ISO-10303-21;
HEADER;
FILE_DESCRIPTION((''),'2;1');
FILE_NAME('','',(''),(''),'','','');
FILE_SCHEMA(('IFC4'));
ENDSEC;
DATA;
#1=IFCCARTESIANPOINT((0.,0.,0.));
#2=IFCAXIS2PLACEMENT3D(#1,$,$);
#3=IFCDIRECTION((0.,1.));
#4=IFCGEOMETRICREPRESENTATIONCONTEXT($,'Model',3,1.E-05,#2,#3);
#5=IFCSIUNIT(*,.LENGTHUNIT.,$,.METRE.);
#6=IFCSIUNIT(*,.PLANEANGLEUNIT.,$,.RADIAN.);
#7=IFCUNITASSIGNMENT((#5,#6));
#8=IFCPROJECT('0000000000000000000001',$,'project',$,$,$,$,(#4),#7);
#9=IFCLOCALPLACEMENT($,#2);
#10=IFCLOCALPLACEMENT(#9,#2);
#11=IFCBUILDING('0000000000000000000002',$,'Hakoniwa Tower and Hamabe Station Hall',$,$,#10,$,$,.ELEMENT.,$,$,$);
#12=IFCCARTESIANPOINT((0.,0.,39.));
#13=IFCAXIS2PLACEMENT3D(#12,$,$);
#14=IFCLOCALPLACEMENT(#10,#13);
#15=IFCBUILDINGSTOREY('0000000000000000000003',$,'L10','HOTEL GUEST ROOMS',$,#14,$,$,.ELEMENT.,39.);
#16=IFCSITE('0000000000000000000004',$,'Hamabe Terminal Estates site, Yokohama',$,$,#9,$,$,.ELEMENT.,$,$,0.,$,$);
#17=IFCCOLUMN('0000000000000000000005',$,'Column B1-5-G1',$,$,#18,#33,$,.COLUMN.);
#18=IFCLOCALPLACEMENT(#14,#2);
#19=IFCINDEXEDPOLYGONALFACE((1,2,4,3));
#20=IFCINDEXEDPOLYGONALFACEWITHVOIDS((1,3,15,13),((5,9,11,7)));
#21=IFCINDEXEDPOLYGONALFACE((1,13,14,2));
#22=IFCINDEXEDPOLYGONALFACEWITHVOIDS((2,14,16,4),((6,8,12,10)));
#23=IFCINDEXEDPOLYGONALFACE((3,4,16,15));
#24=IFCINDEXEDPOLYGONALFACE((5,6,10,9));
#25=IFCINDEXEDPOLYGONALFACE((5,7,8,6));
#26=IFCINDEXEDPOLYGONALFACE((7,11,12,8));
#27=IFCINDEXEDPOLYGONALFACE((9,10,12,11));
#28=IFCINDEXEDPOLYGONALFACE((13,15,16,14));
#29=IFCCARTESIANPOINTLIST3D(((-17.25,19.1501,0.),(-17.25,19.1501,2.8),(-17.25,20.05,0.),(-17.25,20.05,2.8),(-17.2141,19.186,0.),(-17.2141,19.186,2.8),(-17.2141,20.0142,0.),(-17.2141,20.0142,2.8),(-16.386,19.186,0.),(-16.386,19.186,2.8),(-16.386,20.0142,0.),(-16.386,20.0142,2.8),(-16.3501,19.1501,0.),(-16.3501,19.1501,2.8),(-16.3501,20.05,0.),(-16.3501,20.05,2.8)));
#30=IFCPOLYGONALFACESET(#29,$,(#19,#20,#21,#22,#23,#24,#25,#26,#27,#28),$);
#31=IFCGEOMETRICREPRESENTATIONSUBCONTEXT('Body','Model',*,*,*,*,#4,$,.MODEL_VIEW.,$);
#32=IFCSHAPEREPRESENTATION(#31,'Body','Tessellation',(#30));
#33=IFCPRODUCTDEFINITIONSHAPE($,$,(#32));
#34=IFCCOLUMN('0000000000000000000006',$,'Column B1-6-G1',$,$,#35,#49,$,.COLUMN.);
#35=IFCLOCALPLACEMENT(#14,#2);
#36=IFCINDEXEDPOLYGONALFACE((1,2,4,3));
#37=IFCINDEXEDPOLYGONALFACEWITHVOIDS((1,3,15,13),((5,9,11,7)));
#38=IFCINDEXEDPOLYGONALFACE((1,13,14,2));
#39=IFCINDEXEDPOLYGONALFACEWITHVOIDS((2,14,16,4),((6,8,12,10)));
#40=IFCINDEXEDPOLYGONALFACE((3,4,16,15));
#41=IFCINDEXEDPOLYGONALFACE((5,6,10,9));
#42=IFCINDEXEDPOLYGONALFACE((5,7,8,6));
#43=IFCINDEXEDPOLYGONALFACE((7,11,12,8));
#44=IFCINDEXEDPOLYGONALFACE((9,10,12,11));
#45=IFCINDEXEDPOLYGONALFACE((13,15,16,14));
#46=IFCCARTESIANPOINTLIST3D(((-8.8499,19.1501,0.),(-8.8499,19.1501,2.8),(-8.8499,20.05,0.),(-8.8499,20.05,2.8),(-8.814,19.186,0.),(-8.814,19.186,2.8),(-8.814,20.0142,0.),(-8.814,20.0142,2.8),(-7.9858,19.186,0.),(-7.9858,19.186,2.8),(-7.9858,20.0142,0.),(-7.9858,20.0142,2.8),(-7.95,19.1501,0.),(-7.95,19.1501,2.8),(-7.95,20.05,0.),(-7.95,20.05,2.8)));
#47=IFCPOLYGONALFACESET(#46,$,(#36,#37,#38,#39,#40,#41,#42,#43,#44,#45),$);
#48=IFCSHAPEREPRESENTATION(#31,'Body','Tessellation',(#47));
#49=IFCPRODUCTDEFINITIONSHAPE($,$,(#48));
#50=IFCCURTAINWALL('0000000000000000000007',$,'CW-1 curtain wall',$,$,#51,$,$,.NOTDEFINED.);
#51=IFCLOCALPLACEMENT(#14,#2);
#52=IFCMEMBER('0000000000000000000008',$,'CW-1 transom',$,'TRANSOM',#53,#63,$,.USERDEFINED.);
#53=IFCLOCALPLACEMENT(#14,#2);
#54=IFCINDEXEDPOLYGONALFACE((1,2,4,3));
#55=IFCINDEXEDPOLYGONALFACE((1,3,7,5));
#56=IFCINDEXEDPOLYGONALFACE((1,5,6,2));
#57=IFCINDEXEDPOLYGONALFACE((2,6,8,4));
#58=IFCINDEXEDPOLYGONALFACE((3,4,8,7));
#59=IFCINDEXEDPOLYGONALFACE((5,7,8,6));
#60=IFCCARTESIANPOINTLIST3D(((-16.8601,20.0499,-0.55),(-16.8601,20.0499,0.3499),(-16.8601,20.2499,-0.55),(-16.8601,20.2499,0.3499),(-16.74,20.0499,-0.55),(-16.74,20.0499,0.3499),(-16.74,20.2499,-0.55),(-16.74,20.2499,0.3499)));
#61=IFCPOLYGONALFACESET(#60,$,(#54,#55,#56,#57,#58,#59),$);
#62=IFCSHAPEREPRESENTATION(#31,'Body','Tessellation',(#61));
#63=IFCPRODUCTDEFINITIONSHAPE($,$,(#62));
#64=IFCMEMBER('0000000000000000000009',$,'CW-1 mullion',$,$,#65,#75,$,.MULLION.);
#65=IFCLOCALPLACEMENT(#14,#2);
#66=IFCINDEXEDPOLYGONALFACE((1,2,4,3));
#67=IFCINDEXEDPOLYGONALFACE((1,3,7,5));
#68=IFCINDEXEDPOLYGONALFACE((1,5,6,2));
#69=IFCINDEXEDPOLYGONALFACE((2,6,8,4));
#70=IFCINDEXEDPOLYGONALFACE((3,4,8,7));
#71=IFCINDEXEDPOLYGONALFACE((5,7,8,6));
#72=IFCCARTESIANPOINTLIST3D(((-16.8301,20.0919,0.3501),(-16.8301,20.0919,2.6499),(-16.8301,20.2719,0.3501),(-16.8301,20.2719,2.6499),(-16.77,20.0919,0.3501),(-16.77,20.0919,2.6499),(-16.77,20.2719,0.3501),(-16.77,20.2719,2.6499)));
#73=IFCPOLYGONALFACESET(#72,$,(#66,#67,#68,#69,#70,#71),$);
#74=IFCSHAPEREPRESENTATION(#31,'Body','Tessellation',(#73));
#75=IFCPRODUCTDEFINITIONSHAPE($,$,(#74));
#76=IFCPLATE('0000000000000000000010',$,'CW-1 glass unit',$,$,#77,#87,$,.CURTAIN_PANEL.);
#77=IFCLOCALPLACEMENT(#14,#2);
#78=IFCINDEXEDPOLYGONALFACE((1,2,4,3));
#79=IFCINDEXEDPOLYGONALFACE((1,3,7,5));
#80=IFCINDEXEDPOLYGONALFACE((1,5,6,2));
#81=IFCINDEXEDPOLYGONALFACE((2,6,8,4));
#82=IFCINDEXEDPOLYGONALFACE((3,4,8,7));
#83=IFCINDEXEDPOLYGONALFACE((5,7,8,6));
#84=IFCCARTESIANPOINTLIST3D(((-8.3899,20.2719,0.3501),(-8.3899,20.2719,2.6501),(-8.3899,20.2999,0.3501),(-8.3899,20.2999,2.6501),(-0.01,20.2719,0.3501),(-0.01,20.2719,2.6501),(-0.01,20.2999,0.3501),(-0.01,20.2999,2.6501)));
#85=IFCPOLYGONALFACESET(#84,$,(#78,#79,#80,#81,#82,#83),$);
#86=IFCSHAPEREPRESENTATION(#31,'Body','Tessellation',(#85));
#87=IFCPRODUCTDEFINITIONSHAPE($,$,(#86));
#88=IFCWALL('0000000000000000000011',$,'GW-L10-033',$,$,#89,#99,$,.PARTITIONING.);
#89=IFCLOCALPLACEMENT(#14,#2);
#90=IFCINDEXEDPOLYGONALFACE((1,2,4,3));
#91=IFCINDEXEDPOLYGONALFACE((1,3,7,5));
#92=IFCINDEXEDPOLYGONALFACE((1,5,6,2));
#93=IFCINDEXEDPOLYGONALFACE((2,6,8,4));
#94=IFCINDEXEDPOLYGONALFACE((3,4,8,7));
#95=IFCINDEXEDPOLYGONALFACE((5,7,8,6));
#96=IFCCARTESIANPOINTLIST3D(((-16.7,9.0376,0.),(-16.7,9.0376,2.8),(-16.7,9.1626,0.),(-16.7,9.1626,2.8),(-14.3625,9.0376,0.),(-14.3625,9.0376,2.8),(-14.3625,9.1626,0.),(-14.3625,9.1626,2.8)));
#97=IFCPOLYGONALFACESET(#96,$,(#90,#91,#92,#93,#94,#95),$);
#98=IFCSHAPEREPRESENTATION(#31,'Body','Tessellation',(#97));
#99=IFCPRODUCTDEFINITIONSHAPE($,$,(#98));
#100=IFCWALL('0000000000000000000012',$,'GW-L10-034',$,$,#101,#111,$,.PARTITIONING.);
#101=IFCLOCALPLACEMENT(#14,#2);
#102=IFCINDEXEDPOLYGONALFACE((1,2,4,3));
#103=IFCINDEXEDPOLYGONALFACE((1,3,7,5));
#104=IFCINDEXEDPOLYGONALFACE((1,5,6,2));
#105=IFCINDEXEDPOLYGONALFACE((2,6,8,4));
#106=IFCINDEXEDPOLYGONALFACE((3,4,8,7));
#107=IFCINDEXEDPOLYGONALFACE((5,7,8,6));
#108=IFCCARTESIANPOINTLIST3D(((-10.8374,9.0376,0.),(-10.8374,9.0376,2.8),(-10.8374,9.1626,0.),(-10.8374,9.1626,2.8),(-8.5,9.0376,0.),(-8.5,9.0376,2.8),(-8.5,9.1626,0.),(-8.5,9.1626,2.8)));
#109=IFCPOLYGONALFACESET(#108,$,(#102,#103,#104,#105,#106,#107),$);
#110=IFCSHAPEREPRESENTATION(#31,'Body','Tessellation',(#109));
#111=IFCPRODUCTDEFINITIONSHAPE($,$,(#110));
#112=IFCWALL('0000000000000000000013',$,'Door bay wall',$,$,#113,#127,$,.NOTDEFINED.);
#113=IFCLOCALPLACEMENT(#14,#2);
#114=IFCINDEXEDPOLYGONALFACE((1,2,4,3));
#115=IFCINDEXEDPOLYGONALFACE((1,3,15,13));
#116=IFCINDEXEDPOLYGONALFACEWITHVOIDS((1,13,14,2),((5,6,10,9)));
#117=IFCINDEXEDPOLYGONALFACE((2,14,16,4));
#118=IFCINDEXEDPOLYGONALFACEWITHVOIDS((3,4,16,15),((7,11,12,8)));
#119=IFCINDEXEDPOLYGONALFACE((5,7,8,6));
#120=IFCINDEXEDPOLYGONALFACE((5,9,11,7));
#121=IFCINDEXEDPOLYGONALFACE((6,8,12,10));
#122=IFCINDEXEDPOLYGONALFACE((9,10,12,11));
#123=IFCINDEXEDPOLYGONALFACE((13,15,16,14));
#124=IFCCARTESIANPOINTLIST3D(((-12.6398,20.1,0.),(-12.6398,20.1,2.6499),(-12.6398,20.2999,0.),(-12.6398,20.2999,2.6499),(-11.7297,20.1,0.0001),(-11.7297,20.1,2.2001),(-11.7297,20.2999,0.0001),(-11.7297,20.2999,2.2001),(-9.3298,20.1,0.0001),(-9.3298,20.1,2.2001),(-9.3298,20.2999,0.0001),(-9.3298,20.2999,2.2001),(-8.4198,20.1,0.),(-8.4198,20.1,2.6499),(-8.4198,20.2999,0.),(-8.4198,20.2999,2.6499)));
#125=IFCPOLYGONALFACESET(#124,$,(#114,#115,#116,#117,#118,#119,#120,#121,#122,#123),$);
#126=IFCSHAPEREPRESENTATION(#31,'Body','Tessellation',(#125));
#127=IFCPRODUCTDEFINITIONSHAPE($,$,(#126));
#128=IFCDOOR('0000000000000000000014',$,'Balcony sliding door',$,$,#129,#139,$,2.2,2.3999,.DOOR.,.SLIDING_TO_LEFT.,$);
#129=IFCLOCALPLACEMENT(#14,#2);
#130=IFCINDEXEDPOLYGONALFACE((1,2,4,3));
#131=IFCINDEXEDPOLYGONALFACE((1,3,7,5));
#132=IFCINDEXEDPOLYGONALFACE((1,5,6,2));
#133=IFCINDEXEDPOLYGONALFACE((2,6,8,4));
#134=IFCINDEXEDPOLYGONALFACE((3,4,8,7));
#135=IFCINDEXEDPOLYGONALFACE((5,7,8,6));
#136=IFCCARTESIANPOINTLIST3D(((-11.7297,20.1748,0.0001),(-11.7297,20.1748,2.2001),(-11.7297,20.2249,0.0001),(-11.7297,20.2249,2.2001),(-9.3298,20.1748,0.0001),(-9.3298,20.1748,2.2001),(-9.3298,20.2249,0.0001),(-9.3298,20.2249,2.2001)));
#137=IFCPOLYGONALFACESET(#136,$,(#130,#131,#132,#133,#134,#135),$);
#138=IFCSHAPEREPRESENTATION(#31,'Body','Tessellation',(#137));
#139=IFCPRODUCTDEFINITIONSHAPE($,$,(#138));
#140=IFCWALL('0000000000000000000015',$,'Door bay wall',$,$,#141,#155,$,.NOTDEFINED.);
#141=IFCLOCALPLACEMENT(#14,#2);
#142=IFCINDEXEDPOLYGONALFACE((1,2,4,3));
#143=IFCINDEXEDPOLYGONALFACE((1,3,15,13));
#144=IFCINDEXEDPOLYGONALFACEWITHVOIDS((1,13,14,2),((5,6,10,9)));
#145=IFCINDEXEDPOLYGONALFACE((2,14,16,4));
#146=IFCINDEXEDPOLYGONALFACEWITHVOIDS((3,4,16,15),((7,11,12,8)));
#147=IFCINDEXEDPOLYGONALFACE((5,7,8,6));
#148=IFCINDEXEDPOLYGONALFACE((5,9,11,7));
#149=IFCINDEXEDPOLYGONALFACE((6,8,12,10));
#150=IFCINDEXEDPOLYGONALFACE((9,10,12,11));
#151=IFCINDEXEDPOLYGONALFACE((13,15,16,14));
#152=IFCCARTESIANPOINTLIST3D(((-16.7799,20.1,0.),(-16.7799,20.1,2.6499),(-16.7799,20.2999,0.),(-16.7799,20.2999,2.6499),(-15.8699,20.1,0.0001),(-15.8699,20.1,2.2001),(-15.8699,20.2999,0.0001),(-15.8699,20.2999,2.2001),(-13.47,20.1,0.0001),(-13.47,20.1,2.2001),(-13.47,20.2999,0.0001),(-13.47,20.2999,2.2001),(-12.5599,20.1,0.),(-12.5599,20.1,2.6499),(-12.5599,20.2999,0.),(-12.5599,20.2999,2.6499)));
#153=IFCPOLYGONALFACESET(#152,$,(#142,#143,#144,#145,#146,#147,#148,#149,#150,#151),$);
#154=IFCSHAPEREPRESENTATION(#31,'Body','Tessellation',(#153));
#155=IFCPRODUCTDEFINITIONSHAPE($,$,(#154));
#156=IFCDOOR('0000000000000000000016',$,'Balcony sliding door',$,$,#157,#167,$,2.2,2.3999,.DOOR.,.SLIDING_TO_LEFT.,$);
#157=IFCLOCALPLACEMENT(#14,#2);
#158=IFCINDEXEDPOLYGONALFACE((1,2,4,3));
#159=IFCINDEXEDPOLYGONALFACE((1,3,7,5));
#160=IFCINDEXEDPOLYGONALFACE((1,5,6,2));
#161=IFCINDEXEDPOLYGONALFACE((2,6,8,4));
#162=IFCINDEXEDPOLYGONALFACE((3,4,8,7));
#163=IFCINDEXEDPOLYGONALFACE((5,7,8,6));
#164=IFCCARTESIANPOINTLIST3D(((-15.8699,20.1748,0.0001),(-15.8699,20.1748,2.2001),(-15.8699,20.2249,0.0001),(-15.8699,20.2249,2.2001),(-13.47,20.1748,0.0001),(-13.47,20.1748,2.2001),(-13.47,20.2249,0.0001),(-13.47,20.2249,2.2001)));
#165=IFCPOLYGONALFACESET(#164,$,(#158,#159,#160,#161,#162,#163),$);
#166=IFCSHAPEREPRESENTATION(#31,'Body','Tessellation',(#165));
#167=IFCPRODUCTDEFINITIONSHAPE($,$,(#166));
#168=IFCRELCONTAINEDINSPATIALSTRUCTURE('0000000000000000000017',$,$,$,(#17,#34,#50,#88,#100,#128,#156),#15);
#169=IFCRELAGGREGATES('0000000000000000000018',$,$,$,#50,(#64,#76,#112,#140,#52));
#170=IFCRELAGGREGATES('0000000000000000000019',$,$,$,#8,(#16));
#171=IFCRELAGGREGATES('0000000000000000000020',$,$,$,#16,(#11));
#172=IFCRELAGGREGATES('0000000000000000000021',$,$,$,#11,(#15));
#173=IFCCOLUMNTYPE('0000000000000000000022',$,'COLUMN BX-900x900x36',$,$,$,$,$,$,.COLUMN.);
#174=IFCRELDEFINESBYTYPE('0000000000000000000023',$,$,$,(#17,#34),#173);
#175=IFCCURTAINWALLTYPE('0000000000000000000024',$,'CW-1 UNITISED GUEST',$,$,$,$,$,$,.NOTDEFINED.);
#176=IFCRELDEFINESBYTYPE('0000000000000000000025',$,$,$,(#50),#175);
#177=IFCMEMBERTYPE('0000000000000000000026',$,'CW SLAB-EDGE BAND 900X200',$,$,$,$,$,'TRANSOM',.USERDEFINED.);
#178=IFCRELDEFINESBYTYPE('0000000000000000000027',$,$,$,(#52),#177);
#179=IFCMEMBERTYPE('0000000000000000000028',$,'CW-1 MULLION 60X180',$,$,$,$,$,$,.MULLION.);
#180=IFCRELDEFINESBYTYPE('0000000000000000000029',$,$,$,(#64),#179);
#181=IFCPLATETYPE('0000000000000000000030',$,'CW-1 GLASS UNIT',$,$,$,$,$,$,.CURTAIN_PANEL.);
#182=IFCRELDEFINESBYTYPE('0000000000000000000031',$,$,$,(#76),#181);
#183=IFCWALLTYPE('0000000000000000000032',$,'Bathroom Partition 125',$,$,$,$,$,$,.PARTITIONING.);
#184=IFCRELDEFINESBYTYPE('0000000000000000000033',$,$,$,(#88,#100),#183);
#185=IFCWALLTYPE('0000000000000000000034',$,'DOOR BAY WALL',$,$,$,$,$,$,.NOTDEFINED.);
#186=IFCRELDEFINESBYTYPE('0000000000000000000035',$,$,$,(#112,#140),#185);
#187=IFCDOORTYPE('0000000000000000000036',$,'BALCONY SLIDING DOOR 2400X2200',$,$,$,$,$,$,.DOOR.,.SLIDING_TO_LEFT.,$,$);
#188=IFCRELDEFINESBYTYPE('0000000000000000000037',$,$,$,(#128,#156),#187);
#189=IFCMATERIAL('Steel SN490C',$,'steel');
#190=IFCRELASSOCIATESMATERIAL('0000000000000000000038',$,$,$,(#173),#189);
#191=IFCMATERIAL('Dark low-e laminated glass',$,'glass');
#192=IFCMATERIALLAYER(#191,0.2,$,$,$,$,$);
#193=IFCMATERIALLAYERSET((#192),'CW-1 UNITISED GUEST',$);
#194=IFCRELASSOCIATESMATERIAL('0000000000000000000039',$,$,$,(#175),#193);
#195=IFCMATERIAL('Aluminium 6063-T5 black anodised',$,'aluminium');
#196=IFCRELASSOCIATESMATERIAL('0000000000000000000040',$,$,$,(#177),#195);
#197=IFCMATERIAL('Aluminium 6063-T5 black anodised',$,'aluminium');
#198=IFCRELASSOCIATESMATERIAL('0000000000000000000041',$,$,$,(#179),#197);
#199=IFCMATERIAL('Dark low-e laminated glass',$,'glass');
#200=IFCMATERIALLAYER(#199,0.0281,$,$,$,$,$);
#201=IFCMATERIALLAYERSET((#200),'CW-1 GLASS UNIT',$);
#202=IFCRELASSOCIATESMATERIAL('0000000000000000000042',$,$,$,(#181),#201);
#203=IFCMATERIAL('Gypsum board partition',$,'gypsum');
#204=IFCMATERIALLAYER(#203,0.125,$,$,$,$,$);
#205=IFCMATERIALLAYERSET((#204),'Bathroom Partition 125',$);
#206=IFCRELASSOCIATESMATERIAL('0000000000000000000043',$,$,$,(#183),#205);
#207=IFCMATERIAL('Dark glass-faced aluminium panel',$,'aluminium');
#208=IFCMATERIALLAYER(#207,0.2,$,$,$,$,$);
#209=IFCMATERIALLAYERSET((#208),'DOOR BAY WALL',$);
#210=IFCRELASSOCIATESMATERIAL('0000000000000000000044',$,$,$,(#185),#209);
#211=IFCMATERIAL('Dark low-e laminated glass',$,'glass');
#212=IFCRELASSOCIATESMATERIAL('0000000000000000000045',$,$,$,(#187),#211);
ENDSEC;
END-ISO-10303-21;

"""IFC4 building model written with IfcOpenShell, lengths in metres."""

from ifc_helpers import new_model, si_unit, direction, frame, frame_2d, origin, origin_2d, place, context, subcontext, project, spatial, rectangle, hollow_rectangle, extrude, material, layer, layer_set, material_profile, profile_set, type_object, element, fill, aggregate, save


model = new_model("IFC4")

# Units and contexts
model_context = context("Model", 3, precision=1e-05, world=origin(), true_north=direction((0.0, 1.0)))
body_context = subcontext(model_context, "Body", "Model", "MODEL_VIEW")
ifc_project = project(units=[si_unit("LENGTHUNIT", "METRE"), si_unit("PLANEANGLEUNIT", "RADIAN")], contexts=[model_context])

# Site, building, storey
site_placement = place(None, origin())
site = spatial("IfcSite", under=ifc_project, at=site_placement, Name="Hamabe Terminal Estates site, Yokohama", CompositionType="ELEMENT", RefElevation=0.0)
building_placement = place(site_placement, origin())
building = spatial("IfcBuilding", under=site, at=building_placement, Name="Hakoniwa Tower and Hamabe Station Hall", CompositionType="ELEMENT")
storey_placement = place(building_placement, frame((0.0, 0.0, 39.0)))
storey = spatial("IfcBuildingStorey", under=building, at=storey_placement, Name="L10", Description="HOTEL GUEST ROOMS", CompositionType="ELEMENT", Elevation=39.0)

# Columns
ifc_material_1 = material(Name="Steel SN490C", Category="steel")
ifc_material_profile_1 = material_profile(ifc_material_1, hollow_rectangle(XDim=0.8999, YDim=0.8999, WallThickness=0.0359, at=origin_2d()), Name="BX-900x900x36")
ifc_profile_set_1 = profile_set([ifc_material_profile_1], Name="Steel SN490C")
column_type = type_object("IfcColumnType", Name="COLUMN BX-900x900x36", PredefinedType="COLUMN", material=ifc_profile_set_1)
for number, where, z_axis, x_axis, name in (
    (1, (-16.8, 19.6001, 0.0), (0.0, 0.0, 1.0), (1.0, 0.0, 0.0), "Column B1-5-G1"),
    (2, (-8.3999, 19.6001, 0.0), (0.0, 0.0, 1.0), (1.0, 0.0, 0.0), "Column B1-6-G1"),
):
    element("IfcColumn", number, at=place(storey_placement, frame(where, z_axis=z_axis, x_axis=x_axis)), inside=storey, type_object=column_type, Name=name, PredefinedType="COLUMN", context=body_context, shape_type="SweptSolid", body=[
        extrude(hollow_rectangle(XDim=0.8999, YDim=0.8999, WallThickness=0.0359, at=origin_2d()), origin(), (0.0, 0.0, 1.0), 2.8),
    ])

# Curtain wall, members, plate
ifc_material_2 = material(Name="Dark low-e laminated glass", Category="glass")
ifc_layer_1 = layer(ifc_material_2, 0.2)
ifc_layer_set_1 = layer_set([ifc_layer_1], Name="CW-1 UNITISED GUEST")
curtain_wall_type = type_object("IfcCurtainWallType", Name="CW-1 UNITISED GUEST", PredefinedType="NOTDEFINED", material=ifc_layer_set_1)
curtain_wall_placement = place(storey_placement, origin())
curtain_wall = element("IfcCurtainWall", 3, at=curtain_wall_placement, inside=storey, type_object=curtain_wall_type, Name="CW-1 curtain wall", PredefinedType="NOTDEFINED")
ifc_material_3 = material(Name="Aluminium 6063-T5 black anodised", Category="aluminium")
ifc_material_profile_2 = material_profile(ifc_material_3, rectangle(XDim=0.2, YDim=0.8999, at=origin_2d()), Name="CW SLAB-EDGE BAND 900X200")
ifc_profile_set_2 = profile_set([ifc_material_profile_2], Name="Aluminium 6063-T5 black anodised")
member_type_1 = type_object("IfcMemberType", Name="CW SLAB-EDGE BAND 900X200", ElementType="TRANSOM", PredefinedType="USERDEFINED", material=ifc_profile_set_2)
member_1_placement = place(storey_placement, frame((-16.74, 20.1499, -0.1001), z_axis=(-1.0, 0.0, 0.0), x_axis=(0.0, -1.0, 0.0)))
member_1 = element("IfcMember", 4, at=member_1_placement, type_object=member_type_1, Name="CW-1 transom", ObjectType="TRANSOM", PredefinedType="USERDEFINED", context=body_context, shape_type="SweptSolid", body=[
    extrude(rectangle(XDim=0.2, YDim=0.8999, at=origin_2d()), origin(), (0.0, 0.0, 1.0), 0.1201),
])
ifc_material_4 = material(Name="Aluminium 6063-T5 black anodised", Category="aluminium")
ifc_material_profile_3 = material_profile(ifc_material_4, rectangle(XDim=0.0601, YDim=0.1799, at=origin_2d()), Name="CW-1 MULLION 60X180")
ifc_profile_set_3 = profile_set([ifc_material_profile_3], Name="Aluminium 6063-T5 black anodised")
member_type_2 = type_object("IfcMemberType", Name="CW-1 MULLION 60X180", PredefinedType="MULLION", material=ifc_profile_set_3)
member_2_placement = place(storey_placement, frame((-16.8, 20.1819, 0.3501), z_axis=(0.0, 0.0, 1.0), x_axis=(-1.0, 0.0, 0.0)))
member_2 = element("IfcMember", 5, at=member_2_placement, type_object=member_type_2, Name="CW-1 mullion", PredefinedType="MULLION", context=body_context, shape_type="SweptSolid", body=[
    extrude(rectangle(XDim=0.0601, YDim=0.1799, at=origin_2d()), origin(), (0.0, 0.0, 1.0), 2.2998),
])
ifc_material_5 = material(Name="Dark low-e laminated glass", Category="glass")
ifc_layer_2 = layer(ifc_material_5, 0.0281)
ifc_layer_set_2 = layer_set([ifc_layer_2], Name="CW-1 GLASS UNIT")
plate_type = type_object("IfcPlateType", Name="CW-1 GLASS UNIT", PredefinedType="CURTAIN_PANEL", material=ifc_layer_set_2)
plate_placement = place(storey_placement, frame((-4.2, 20.2859, 0.3501), z_axis=(0.0, 0.0, 1.0), x_axis=(-1.0, 0.0, 0.0)))
plate = element("IfcPlate", 6, at=plate_placement, type_object=plate_type, Name="CW-1 glass unit", PredefinedType="CURTAIN_PANEL", context=body_context, shape_type="SweptSolid", body=[
    extrude(rectangle(XDim=8.3799, YDim=0.0281, at=origin_2d()), origin(), (0.0, 0.0, 1.0), 2.3),
])

# Walls
ifc_material_6 = material(Name="Gypsum board partition", Category="gypsum")
ifc_layer_3 = layer(ifc_material_6, 0.125)
ifc_layer_set_3 = layer_set([ifc_layer_3], Name="Bathroom Partition 125")
wall_type_1 = type_object("IfcWallType", Name="Bathroom Partition 125", PredefinedType="PARTITIONING", material=ifc_layer_set_3)
for number, where, z_axis, x_axis, name in (
    (7, (-16.7, 9.1001, 0.0), (0.0, 0.0, 1.0), (1.0, 0.0, 0.0), "GW-L10-033"),
    (8, (-10.8374, 9.1001, 0.0), (0.0, 0.0, 1.0), (1.0, 0.0, 0.0), "GW-L10-034"),
):
    element("IfcWall", number, at=place(storey_placement, frame(where, z_axis=z_axis, x_axis=x_axis)), inside=storey, type_object=wall_type_1, Name=name, PredefinedType="PARTITIONING", context=body_context, shape_type="SweptSolid", body=[
        extrude(rectangle(XDim=2.3374, YDim=0.125, at=frame_2d((1.1687, 0.0))), origin(), (0.0, 0.0, 1.0), 2.8),
    ])

# Walls, openings, doors
ifc_material_7 = material(Name="Dark glass-faced aluminium panel", Category="aluminium")
ifc_layer_4 = layer(ifc_material_7, 0.2)
ifc_layer_set_4 = layer_set([ifc_layer_4], Name="DOOR BAY WALL")
wall_type_2 = type_object("IfcWallType", Name="DOOR BAY WALL", PredefinedType="NOTDEFINED", material=ifc_layer_set_4)
wall_1_placement = place(storey_placement, frame((-8.4199, 20.2, 0.0), z_axis=(0.0, 0.0, 1.0), x_axis=(-1.0, 0.0, 0.0)))
wall_1 = element("IfcWall", 9, at=wall_1_placement, type_object=wall_type_2, Name="Door bay wall", PredefinedType="NOTDEFINED", context=body_context, shape_type="SweptSolid", body=[
    extrude(rectangle(XDim=4.22, YDim=0.2, at=frame_2d((2.1099, 0.0))), origin(), (0.0, 0.0, 1.0), 2.6499),
])
opening_1_placement = place(wall_1_placement, frame((0.9099, 0.0, 0.0)))
opening_1 = element("IfcOpeningElement", 10, at=opening_1_placement, cuts=wall_1, PredefinedType="OPENING", context=body_context, shape_type="SweptSolid", body=[
    extrude(rectangle(XDim=2.3999, YDim=2.2, at=frame_2d((1.2, 1.1001))), frame((0.0, 0.1099, 0.0), z_axis=(0.0, -1.0, 0.0), x_axis=(1.0, 0.0, 0.0)), (0.0, 0.0, 1.0), 0.22),
])
ifc_material_8 = material(Name="Dark low-e laminated glass", Category="glass")
door_type = type_object("IfcDoorType", Name="BALCONY SLIDING DOOR 2400X2200", OperationType="SLIDING_TO_LEFT", PredefinedType="DOOR", material=ifc_material_8)
door_1_placement = place(opening_1_placement, frame((2.3999, 0.0, 0.0), z_axis=(0.0, 0.0, 1.0), x_axis=(-1.0, 0.0, 0.0)))
door_1 = element("IfcDoor", 11, at=door_1_placement, inside=storey, type_object=door_type, Name="Balcony sliding door", OperationType="SLIDING_TO_LEFT", OverallHeight=2.2, OverallWidth=2.3999, PredefinedType="DOOR", context=body_context, shape_type="SweptSolid", body=[
    extrude(rectangle(XDim=2.3999, YDim=2.2, at=frame_2d((1.2, 1.1001))), frame((0.0, 0.0249, 0.0), z_axis=(0.0, -1.0, 0.0), x_axis=(1.0, 0.0, 0.0)), (0.0, 0.0, 1.0), 0.05),
])
fill(opening_1, door_1)
wall_2_placement = place(storey_placement, frame((-12.5601, 20.2, 0.0), z_axis=(0.0, 0.0, 1.0), x_axis=(-1.0, 0.0, 0.0)))
wall_2 = element("IfcWall", 12, at=wall_2_placement, type_object=wall_type_2, Name="Door bay wall", PredefinedType="NOTDEFINED", context=body_context, shape_type="SweptSolid", body=[
    extrude(rectangle(XDim=4.22, YDim=0.2, at=frame_2d((2.1099, 0.0))), origin(), (0.0, 0.0, 1.0), 2.6499),
])
opening_2_placement = place(wall_2_placement, frame((0.9099, 0.0, 0.0)))
opening_2 = element("IfcOpeningElement", 13, at=opening_2_placement, cuts=wall_2, PredefinedType="OPENING", context=body_context, shape_type="SweptSolid", body=[
    extrude(rectangle(XDim=2.3999, YDim=2.2, at=frame_2d((1.2, 1.1001))), frame((0.0, 0.1099, 0.0), z_axis=(0.0, -1.0, 0.0), x_axis=(1.0, 0.0, 0.0)), (0.0, 0.0, 1.0), 0.22),
])
door_2_placement = place(opening_2_placement, frame((2.3999, 0.0, 0.0), z_axis=(0.0, 0.0, 1.0), x_axis=(-1.0, 0.0, 0.0)))
door_2 = element("IfcDoor", 14, at=door_2_placement, inside=storey, type_object=door_type, Name="Balcony sliding door", OperationType="SLIDING_TO_LEFT", OverallHeight=2.2, OverallWidth=2.3999, PredefinedType="DOOR", context=body_context, shape_type="SweptSolid", body=[
    extrude(rectangle(XDim=2.3999, YDim=2.2, at=frame_2d((1.2, 1.1001))), frame((0.0, 0.0249, 0.0), z_axis=(0.0, -1.0, 0.0), x_axis=(1.0, 0.0, 0.0)), (0.0, 0.0, 1.0), 0.05),
])
fill(opening_2, door_2)
aggregate(curtain_wall, [member_2, plate, wall_1, wall_2, member_1])

save(model, "model.ifc")
